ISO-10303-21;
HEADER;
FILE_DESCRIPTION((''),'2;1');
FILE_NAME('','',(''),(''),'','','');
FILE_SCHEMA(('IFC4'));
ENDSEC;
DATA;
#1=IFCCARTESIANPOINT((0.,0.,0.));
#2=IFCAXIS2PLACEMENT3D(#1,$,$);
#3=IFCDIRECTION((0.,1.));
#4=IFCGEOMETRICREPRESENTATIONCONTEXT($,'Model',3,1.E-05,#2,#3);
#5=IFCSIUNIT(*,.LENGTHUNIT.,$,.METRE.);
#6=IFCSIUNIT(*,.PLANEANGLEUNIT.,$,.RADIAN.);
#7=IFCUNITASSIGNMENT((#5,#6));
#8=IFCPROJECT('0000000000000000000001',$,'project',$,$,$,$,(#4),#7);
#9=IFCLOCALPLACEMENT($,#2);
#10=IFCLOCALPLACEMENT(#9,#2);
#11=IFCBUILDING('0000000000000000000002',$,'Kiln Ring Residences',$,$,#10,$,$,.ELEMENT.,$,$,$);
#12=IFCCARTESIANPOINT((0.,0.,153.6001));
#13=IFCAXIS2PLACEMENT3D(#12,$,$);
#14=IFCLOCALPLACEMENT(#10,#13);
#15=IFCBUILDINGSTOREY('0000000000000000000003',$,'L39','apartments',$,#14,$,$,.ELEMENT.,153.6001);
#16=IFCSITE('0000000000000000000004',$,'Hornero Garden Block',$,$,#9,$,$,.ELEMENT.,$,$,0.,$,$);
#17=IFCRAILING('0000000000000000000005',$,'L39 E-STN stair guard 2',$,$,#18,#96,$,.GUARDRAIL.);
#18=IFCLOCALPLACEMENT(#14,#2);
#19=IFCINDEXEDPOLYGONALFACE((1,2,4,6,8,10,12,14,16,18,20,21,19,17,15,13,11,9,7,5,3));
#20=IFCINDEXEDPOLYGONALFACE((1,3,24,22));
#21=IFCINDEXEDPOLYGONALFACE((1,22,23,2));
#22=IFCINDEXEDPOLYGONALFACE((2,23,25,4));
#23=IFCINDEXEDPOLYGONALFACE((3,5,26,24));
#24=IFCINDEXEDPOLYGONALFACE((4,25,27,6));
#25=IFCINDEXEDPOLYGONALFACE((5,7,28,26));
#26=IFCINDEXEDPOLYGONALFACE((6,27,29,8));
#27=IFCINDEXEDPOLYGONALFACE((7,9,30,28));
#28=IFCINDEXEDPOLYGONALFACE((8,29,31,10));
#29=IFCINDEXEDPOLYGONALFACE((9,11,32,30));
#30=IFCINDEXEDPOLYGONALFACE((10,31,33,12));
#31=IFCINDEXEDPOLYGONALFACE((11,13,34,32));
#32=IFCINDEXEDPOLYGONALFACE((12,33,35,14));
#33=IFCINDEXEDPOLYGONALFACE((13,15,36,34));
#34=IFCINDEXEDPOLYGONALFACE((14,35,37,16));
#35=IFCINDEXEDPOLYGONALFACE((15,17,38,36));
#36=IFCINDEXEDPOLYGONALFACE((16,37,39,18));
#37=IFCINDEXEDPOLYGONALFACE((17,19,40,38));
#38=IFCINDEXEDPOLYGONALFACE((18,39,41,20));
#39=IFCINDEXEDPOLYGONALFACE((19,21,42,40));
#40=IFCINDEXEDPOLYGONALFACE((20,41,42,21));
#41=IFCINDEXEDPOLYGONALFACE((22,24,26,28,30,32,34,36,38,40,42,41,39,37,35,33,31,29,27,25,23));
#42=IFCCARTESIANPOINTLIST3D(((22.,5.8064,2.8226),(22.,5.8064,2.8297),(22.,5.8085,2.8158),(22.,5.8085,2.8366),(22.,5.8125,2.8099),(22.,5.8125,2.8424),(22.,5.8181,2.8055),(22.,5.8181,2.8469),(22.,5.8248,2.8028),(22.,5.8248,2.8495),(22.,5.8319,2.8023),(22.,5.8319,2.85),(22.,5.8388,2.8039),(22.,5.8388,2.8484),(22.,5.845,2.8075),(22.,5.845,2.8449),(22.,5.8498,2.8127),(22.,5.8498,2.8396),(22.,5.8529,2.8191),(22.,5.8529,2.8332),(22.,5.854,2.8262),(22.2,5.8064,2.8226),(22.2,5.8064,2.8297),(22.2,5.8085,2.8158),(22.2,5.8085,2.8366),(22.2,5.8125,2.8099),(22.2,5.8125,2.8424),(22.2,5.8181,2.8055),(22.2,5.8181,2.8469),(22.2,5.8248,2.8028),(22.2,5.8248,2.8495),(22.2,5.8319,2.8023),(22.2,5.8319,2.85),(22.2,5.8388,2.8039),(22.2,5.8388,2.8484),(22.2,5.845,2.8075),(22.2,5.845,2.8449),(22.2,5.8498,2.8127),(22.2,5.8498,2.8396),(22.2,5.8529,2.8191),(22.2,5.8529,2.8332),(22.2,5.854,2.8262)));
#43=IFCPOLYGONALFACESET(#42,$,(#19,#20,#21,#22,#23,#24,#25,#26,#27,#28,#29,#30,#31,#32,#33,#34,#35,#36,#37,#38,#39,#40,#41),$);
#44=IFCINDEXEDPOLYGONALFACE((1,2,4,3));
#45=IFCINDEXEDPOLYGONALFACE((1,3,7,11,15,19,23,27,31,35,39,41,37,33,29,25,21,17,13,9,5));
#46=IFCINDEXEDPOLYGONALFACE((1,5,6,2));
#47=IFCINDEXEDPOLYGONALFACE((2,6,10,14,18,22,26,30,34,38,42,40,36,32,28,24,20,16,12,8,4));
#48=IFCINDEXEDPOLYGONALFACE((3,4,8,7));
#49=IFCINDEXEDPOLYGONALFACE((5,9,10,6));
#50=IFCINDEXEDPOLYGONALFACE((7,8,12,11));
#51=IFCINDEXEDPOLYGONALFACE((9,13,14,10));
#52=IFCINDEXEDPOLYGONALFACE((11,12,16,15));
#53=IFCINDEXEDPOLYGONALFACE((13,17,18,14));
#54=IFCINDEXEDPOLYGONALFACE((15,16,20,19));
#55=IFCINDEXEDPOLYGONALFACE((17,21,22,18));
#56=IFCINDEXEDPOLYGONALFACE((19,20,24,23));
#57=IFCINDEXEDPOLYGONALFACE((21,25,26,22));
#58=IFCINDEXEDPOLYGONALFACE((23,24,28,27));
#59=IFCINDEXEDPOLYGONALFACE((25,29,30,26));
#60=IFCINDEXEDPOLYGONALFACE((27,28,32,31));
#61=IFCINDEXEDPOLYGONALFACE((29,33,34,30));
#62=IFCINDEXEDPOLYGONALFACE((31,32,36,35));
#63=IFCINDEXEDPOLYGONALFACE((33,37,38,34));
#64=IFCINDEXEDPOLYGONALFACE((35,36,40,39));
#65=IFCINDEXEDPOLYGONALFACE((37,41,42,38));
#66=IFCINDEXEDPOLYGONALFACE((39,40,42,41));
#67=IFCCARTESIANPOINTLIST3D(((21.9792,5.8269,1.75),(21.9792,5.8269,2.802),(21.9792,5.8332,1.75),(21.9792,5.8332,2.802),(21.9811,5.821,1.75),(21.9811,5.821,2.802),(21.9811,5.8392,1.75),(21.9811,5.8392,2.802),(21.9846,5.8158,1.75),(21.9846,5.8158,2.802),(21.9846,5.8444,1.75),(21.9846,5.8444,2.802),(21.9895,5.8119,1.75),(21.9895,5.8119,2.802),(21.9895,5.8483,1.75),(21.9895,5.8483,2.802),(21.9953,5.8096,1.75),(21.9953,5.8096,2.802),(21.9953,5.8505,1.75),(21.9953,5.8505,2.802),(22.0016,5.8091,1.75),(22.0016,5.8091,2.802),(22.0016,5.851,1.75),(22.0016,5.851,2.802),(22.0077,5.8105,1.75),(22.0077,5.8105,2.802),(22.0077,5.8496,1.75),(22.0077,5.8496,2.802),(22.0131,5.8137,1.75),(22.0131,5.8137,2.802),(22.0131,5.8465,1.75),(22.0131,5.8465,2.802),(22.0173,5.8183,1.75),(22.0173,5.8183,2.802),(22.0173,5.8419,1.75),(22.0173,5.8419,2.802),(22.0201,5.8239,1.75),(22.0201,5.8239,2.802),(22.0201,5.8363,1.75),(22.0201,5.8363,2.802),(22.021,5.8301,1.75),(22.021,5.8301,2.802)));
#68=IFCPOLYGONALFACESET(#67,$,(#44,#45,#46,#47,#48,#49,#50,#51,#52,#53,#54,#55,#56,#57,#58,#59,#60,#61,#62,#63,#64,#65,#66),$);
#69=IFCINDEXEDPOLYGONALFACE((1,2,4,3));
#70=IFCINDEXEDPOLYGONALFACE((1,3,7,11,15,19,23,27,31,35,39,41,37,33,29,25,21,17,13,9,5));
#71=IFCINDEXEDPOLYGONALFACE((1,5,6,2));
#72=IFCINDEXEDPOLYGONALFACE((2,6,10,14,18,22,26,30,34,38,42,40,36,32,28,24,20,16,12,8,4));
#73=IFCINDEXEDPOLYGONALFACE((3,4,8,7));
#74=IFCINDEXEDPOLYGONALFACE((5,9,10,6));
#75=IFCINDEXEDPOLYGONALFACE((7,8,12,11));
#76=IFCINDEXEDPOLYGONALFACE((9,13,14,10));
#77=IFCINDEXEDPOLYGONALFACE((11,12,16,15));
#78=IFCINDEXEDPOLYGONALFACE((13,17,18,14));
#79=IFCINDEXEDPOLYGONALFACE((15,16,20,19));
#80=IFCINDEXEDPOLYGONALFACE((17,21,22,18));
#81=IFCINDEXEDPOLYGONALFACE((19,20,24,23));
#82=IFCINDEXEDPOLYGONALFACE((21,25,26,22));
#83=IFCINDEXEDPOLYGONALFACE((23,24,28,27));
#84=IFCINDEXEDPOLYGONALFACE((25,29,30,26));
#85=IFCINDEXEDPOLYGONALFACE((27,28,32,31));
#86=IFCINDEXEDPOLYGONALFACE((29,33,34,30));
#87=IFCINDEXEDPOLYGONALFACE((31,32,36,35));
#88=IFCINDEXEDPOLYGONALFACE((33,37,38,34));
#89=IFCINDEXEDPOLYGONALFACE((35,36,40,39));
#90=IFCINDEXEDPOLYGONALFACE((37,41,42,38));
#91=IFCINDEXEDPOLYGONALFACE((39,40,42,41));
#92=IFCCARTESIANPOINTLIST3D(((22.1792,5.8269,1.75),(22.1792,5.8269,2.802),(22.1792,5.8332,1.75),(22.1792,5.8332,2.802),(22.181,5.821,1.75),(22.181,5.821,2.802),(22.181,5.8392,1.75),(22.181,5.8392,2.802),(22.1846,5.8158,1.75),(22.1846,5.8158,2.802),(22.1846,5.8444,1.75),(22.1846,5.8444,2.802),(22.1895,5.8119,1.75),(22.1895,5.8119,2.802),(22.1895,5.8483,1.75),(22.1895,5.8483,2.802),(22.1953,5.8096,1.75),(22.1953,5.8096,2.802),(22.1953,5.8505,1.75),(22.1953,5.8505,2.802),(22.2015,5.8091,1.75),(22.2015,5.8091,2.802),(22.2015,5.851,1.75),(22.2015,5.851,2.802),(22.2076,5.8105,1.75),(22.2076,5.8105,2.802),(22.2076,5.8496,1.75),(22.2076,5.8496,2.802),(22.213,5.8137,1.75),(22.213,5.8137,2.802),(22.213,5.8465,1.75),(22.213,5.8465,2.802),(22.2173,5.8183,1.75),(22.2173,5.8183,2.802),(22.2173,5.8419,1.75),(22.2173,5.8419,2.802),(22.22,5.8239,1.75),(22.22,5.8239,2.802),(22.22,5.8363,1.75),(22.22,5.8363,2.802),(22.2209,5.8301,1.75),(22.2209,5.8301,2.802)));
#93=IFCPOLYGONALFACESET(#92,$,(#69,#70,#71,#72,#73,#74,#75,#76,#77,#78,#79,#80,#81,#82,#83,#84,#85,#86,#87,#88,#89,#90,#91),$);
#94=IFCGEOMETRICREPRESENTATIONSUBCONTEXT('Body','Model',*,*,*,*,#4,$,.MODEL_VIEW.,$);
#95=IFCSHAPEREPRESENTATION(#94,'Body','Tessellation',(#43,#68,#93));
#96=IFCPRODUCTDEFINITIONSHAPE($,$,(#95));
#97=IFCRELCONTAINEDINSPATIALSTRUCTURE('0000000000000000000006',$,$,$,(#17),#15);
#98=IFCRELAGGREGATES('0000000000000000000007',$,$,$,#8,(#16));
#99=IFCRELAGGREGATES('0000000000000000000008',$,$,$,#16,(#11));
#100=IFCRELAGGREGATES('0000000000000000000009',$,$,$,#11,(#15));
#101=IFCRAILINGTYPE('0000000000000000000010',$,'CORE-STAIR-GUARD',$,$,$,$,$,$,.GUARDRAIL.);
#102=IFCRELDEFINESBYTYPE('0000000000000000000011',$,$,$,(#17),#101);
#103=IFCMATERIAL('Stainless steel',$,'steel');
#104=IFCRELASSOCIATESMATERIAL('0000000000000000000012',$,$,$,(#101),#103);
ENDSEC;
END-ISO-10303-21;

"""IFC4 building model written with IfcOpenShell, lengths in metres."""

from ifc_helpers import new_model, si_unit, direction, frame, origin, origin_2d, place, context, subcontext, project, spatial, circle, extrude, material, type_object, element, save


model = new_model("IFC4")

# Units and contexts
model_context = context("Model", 3, precision=1e-05, world=origin(), true_north=direction((0.0, 1.0)))
body_context = subcontext(model_context, "Body", "Model", "MODEL_VIEW")
ifc_project = project(units=[si_unit("LENGTHUNIT", "METRE"), si_unit("PLANEANGLEUNIT", "RADIAN")], contexts=[model_context])

# Site, building, storey
site_placement = place(None, origin())
site = spatial("IfcSite", under=ifc_project, at=site_placement, Name="Hornero Garden Block", CompositionType="ELEMENT", RefElevation=0.0)
building_placement = place(site_placement, origin())
building = spatial("IfcBuilding", under=site, at=building_placement, Name="Kiln Ring Residences", CompositionType="ELEMENT")
storey_placement = place(building_placement, frame((0.0, 0.0, 153.6001)))
storey = spatial("IfcBuildingStorey", under=building, at=storey_placement, Name="L39", Description="apartments", CompositionType="ELEMENT", Elevation=153.6001)

# Railing
ifc_material_1 = material(Name="Stainless steel", Category="steel")
railing_type_1 = type_object("IfcRailingType", Name="CORE-STAIR-GUARD", PredefinedType="GUARDRAIL", material=ifc_material_1)
railing_1_placement = place(storey_placement, frame((22.0, 5.8301, 1.75)))
element("IfcRailing", 1, at=railing_1_placement, inside=storey, type_object=railing_type_1, Name="L39 E-STN stair guard 2", PredefinedType="GUARDRAIL", context=body_context, shape_type="SweptSolid", body=[
    extrude(circle(Radius=0.0239, at=origin_2d()), frame((0.0, 0.0, 1.0762), z_axis=(1.0, 0.0, 0.0), x_axis=(0.0, 1.0, 0.0)), (0.0, 0.0, 1.0), 0.2),
    extrude(circle(Radius=0.021, at=origin_2d()), origin(), (0.0, 0.0, 1.0), 1.052),
    extrude(circle(Radius=0.021, at=origin_2d()), frame((0.2, 0.0, 0.0)), (0.0, 0.0, 1.0), 1.052),
])

save(model, "model.ifc")
